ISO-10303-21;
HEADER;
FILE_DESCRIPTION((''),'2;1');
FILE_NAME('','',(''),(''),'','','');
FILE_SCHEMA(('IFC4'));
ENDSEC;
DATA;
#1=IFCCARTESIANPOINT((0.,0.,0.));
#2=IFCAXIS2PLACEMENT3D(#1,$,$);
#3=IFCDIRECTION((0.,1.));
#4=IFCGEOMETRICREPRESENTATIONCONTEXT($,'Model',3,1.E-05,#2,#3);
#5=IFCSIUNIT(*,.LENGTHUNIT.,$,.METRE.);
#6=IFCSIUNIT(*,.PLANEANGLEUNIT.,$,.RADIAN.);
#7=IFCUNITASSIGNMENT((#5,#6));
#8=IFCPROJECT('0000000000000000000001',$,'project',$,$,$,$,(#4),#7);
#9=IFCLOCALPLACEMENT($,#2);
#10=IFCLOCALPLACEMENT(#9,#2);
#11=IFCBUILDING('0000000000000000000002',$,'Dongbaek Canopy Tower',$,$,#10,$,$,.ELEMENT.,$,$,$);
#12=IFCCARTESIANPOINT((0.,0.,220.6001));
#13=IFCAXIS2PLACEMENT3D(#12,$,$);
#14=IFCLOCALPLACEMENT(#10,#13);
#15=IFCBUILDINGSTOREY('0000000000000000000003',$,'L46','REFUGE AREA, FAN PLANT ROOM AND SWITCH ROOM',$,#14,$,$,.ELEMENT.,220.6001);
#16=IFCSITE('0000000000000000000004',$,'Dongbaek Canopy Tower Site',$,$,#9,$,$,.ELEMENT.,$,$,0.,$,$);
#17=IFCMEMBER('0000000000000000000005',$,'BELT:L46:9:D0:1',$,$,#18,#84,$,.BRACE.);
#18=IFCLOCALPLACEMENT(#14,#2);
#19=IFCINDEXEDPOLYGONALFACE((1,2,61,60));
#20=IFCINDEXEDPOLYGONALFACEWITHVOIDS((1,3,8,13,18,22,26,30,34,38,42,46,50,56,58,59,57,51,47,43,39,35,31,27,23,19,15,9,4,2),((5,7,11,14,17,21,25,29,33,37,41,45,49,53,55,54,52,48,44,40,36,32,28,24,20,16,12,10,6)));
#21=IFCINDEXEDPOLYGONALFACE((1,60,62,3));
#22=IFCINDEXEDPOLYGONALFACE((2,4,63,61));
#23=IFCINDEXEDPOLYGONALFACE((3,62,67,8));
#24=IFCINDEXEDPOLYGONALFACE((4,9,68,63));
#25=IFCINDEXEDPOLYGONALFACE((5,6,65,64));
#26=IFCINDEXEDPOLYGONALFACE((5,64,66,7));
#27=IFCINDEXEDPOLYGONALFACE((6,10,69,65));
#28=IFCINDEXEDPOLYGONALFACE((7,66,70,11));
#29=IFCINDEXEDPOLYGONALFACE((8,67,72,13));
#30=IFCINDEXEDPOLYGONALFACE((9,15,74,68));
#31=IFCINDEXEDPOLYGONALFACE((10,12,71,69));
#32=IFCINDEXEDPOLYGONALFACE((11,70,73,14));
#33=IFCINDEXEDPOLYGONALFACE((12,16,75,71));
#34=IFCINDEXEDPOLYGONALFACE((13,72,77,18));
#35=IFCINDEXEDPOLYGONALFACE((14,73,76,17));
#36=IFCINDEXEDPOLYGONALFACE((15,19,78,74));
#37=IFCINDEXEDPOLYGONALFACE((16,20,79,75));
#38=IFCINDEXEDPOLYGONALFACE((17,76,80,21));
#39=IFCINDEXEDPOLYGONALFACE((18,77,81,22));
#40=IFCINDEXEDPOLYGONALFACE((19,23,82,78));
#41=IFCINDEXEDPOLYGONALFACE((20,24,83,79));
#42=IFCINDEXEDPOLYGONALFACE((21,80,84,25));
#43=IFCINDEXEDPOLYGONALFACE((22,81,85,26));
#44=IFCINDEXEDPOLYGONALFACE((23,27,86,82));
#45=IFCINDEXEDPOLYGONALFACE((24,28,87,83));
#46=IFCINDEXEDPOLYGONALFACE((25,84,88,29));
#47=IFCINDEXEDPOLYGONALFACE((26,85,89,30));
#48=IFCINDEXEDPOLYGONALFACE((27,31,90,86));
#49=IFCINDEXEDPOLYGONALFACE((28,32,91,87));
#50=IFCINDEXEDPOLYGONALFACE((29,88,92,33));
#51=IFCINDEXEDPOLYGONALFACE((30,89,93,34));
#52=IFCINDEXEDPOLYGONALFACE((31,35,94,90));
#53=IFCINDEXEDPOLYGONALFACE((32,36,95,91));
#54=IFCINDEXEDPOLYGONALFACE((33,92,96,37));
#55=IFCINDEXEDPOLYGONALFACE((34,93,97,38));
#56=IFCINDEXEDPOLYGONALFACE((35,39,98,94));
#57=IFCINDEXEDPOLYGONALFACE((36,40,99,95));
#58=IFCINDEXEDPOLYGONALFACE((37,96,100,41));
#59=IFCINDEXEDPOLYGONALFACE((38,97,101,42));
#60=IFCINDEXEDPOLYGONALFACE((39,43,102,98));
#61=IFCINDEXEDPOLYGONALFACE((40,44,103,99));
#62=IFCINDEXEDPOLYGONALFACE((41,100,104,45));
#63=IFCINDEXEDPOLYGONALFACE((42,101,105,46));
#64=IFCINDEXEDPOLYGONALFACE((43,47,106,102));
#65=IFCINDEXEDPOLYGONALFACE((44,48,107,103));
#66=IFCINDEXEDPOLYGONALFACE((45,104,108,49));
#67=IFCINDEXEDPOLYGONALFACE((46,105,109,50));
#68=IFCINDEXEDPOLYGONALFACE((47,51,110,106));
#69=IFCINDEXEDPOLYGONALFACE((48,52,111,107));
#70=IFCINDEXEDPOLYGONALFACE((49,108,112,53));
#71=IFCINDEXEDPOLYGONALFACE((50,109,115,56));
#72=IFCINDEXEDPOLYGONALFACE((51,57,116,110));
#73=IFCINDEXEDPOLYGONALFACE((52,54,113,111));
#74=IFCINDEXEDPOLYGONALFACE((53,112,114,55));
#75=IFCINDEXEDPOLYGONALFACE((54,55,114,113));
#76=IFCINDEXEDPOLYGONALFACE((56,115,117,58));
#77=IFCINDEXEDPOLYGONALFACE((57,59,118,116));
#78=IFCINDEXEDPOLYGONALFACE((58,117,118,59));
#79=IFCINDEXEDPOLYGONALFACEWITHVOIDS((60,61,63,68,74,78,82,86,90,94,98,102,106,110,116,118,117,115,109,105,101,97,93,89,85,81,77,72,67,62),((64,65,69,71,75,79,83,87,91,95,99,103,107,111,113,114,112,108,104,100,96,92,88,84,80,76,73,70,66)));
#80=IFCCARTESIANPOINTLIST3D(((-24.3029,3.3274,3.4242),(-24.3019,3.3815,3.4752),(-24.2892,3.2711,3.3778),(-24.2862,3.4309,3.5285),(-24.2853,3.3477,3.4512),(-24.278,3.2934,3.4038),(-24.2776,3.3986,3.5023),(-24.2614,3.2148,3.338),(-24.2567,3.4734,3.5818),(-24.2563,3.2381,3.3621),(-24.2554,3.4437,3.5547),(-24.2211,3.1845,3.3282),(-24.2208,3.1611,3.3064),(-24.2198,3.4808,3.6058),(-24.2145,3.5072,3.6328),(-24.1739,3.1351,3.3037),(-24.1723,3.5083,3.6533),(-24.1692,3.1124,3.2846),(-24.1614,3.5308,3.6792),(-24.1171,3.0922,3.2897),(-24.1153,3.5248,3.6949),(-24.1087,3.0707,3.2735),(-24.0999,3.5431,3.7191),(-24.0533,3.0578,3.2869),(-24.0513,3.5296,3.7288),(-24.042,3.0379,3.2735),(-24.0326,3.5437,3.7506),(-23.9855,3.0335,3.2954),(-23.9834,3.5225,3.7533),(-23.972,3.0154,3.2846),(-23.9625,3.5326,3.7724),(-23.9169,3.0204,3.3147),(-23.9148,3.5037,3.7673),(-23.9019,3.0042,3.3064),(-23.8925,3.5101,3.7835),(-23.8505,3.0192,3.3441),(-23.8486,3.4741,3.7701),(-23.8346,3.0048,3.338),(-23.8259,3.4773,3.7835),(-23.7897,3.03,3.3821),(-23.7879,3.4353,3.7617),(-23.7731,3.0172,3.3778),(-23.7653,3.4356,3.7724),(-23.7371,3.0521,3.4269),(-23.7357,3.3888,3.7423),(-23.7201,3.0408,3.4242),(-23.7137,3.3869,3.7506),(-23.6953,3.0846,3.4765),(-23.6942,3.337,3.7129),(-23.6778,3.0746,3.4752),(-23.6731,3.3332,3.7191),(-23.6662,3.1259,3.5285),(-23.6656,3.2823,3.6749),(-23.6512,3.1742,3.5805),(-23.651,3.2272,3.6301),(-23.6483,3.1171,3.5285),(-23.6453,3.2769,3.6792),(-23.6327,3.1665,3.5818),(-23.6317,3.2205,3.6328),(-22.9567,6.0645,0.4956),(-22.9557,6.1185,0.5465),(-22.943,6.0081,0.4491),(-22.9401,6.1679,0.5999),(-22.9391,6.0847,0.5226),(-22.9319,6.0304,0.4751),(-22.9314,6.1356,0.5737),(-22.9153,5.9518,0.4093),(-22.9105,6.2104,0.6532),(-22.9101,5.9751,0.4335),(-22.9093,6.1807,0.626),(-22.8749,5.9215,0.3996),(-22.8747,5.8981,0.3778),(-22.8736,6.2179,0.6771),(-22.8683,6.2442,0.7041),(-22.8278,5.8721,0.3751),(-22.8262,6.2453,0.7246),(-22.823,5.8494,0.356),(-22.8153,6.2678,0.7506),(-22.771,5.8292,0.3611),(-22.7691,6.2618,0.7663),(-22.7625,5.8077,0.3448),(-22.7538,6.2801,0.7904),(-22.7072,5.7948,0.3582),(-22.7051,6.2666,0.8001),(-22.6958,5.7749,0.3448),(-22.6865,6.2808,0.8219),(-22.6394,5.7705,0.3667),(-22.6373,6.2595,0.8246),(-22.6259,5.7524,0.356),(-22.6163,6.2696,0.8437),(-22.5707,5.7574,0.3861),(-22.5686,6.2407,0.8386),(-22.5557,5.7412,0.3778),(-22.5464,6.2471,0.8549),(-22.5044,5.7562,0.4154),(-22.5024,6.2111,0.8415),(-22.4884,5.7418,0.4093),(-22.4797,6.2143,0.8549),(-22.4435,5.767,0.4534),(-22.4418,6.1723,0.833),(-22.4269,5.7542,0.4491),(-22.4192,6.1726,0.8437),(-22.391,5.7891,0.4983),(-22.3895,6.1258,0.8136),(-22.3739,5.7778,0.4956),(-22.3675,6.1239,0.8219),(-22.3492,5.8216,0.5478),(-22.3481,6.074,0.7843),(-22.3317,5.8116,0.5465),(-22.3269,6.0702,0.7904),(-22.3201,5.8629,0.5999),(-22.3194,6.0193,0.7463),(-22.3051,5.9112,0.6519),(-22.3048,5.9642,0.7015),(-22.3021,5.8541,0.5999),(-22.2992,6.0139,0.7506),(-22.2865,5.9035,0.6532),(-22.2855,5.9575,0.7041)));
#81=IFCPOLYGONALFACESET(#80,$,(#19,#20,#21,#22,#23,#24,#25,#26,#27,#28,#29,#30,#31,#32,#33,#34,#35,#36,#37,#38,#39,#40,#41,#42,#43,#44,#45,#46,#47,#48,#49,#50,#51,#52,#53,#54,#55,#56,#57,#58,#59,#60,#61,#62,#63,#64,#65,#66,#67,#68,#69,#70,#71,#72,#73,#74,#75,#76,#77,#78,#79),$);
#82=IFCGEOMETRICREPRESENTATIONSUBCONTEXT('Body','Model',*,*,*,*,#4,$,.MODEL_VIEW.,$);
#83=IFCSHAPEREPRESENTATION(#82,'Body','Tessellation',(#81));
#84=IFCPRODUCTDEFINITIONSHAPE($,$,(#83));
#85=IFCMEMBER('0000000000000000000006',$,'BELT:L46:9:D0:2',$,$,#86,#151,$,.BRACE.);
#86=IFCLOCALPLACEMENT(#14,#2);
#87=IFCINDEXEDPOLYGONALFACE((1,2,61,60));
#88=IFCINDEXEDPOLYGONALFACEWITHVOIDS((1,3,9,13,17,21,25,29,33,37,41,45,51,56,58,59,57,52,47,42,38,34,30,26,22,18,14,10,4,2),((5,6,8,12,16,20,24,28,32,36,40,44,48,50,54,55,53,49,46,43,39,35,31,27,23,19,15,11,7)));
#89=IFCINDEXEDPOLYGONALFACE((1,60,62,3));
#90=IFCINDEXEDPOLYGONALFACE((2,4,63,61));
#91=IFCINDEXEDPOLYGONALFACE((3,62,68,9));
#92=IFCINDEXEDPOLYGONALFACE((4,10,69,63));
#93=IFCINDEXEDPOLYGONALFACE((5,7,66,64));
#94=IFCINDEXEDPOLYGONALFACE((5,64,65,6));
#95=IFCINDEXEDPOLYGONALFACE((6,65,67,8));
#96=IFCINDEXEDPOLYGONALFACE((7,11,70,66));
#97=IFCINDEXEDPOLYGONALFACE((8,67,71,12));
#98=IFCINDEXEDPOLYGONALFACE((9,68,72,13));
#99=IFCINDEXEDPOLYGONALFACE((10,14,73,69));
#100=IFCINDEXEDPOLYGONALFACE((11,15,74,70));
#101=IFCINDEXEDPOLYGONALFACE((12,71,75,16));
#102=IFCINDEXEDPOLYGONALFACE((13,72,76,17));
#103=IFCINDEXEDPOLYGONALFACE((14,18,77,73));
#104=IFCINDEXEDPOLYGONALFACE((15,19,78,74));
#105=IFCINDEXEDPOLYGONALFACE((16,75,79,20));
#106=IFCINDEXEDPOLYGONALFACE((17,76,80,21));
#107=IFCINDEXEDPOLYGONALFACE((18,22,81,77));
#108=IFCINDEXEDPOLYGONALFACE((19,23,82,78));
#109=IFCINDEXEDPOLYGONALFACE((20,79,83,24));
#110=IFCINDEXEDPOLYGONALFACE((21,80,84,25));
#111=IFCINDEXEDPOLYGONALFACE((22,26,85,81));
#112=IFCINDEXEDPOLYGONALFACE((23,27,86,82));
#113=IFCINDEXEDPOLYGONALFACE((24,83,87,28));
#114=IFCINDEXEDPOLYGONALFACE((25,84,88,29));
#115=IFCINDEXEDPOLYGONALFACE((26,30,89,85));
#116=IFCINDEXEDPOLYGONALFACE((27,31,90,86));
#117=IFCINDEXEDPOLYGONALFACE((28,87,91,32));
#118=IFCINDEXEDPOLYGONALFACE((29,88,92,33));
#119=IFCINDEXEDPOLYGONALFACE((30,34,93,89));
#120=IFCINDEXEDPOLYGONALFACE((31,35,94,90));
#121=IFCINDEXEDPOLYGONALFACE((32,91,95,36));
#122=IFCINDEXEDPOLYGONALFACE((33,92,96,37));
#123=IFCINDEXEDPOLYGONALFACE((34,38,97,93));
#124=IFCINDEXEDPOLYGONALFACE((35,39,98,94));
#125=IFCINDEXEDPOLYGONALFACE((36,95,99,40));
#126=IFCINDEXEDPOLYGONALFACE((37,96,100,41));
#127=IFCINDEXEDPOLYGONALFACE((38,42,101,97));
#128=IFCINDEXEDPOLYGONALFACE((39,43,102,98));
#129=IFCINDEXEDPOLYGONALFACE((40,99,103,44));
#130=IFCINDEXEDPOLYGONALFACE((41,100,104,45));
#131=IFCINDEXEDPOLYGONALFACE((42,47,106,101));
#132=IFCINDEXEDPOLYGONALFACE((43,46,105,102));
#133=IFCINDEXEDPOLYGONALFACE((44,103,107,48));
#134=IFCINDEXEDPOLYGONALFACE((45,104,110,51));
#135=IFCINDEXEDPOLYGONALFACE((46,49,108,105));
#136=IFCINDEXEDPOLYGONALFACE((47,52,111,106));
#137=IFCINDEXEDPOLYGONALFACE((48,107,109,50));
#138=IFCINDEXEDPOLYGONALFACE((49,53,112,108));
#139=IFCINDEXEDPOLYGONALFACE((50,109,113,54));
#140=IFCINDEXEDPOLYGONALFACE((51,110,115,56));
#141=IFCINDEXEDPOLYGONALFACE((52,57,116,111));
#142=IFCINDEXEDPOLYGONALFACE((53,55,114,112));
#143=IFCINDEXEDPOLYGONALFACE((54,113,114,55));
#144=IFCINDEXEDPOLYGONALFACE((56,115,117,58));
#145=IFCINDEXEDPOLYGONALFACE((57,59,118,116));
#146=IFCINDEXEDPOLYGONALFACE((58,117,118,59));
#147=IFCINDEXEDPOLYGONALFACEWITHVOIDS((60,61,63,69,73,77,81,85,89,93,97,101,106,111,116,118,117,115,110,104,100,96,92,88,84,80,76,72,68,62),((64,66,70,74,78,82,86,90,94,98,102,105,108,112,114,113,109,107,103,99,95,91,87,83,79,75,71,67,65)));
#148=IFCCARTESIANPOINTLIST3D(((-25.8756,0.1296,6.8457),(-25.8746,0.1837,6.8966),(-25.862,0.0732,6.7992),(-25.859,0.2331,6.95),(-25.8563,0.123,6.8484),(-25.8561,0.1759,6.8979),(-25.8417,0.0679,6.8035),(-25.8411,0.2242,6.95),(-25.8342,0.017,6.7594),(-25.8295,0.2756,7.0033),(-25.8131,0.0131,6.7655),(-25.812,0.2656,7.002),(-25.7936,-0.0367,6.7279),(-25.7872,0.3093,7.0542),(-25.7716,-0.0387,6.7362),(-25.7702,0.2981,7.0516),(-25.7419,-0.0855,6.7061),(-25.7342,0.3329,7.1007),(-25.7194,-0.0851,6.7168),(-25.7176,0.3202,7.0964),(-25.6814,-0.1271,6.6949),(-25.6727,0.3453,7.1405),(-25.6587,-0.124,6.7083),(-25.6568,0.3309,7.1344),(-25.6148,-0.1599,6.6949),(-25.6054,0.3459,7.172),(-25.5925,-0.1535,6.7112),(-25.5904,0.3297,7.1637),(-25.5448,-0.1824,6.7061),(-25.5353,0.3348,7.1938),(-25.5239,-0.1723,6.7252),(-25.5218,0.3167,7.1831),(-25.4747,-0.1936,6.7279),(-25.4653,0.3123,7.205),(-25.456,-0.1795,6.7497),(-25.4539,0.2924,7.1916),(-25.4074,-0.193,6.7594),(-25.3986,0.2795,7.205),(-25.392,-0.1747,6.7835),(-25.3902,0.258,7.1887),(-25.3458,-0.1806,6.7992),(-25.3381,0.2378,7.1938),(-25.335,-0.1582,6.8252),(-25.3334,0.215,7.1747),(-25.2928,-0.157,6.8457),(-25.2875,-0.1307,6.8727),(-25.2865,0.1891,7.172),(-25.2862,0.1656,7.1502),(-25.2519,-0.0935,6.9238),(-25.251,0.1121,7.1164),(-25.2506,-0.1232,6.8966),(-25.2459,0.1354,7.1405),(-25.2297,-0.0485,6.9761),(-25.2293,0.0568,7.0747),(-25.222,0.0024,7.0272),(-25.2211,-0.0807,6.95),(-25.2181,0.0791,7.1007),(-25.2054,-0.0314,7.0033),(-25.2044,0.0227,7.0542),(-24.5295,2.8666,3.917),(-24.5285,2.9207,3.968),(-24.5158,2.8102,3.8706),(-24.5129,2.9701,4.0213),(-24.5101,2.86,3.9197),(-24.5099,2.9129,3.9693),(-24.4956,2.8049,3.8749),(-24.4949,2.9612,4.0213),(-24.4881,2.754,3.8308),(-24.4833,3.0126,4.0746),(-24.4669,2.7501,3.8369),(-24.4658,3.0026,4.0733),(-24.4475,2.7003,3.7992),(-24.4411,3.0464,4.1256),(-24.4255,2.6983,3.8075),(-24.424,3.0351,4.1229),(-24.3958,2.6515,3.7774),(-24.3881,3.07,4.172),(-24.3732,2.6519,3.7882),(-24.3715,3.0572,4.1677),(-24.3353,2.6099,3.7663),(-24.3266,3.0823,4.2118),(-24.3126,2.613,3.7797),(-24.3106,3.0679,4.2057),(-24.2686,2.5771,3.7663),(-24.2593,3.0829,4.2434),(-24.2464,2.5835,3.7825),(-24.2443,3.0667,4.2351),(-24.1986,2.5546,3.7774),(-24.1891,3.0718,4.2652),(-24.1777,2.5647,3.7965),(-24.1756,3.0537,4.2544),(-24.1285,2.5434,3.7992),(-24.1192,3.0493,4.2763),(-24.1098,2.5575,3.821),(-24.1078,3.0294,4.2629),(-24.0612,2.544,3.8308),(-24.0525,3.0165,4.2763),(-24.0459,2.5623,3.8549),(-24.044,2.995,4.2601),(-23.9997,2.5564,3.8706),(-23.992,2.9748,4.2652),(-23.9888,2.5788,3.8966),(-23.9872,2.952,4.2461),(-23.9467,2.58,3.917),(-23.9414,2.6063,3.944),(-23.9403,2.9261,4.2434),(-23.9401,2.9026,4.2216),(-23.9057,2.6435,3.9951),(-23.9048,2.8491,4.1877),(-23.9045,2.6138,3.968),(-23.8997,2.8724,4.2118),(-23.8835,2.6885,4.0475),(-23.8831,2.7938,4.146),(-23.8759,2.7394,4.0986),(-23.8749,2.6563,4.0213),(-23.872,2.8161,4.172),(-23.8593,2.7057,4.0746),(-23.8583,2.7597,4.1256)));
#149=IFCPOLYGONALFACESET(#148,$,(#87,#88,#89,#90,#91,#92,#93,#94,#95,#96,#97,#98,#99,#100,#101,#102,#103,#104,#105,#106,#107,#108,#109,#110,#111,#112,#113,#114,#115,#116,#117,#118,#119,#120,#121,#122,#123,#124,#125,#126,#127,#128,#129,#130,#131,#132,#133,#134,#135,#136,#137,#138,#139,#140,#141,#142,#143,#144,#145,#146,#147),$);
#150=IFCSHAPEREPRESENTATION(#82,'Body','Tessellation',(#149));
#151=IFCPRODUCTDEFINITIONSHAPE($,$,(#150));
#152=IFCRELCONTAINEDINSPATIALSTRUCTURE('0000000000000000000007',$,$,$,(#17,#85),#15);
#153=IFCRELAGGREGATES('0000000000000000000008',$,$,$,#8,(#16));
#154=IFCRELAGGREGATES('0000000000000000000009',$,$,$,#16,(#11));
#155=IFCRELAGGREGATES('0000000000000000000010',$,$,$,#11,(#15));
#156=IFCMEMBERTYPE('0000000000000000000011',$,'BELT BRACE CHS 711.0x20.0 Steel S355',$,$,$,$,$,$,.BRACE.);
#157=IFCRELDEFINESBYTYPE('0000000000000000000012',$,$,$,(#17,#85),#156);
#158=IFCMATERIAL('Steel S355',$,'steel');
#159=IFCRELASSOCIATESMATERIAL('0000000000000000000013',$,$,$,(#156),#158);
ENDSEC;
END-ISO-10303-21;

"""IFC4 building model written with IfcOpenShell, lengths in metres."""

from ifc_helpers import new_model, si_unit, direction, frame, origin, origin_2d, place, context, subcontext, project, spatial, hollow_circle, extrude, material, material_profile, profile_set, type_object, element, save


model = new_model("IFC4")

# Units and contexts
model_context = context("Model", 3, precision=1e-05, world=origin(), true_north=direction((0.0, 1.0)))
body_context = subcontext(model_context, "Body", "Model", "MODEL_VIEW")
ifc_project = project(units=[si_unit("LENGTHUNIT", "METRE"), si_unit("PLANEANGLEUNIT", "RADIAN")], contexts=[model_context])

# Site, building, storey
site_placement = place(None, origin())
site = spatial("IfcSite", under=ifc_project, at=site_placement, Name="Dongbaek Canopy Tower Site", CompositionType="ELEMENT", RefElevation=0.0)
building_placement = place(site_placement, origin())
building = spatial("IfcBuilding", under=site, at=building_placement, Name="Dongbaek Canopy Tower", CompositionType="ELEMENT")
storey_placement = place(building_placement, frame((0.0, 0.0, 220.6001)))
storey = spatial("IfcBuildingStorey", under=building, at=storey_placement, Name="L46", Description="REFUGE AREA, FAN PLANT ROOM AND SWITCH ROOM", CompositionType="ELEMENT", Elevation=220.6001)

# Members
ifc_material_1 = material(Name="Steel S355", Category="steel")
ifc_material_profile_1 = material_profile(ifc_material_1, hollow_circle(Radius=0.3555, WallThickness=0.02, at=origin_2d()), Name="BELT BRACE CHS 711.0x20.0 Steel S355")
ifc_profile_set_1 = profile_set([ifc_material_profile_1], Name="Steel S355")
member_type_1 = type_object("IfcMemberType", Name="BELT BRACE CHS 711.0x20.0 Steel S355", PredefinedType="BRACE", material=ifc_profile_set_1)
for number, where, z_axis, x_axis, name in (
    (1, (-22.6211, 6.011, 0.5999), (-0.318354, -0.647273, 0.692595), (0.897337, -0.441345, 0.0), "BELT:L46:9:D0:1"),
    (2, (-25.54, 0.0762, 6.95), (0.318354, 0.647273, -0.692595), (-0.897337, 0.441345, 0.0), "BELT:L46:9:D0:2"),
):
    element("IfcMember", number, at=place(storey_placement, frame(where, z_axis=z_axis, x_axis=x_axis)), inside=storey, type_object=member_type_1, Name=name, PredefinedType="BRACE", context=body_context, shape_type="SweptSolid", body=[
        extrude(hollow_circle(Radius=0.3555, WallThickness=0.02, at=origin_2d()), origin(), (0.0, 0.0, 1.0), 4.2285),
    ])

save(model, "model.ifc")
